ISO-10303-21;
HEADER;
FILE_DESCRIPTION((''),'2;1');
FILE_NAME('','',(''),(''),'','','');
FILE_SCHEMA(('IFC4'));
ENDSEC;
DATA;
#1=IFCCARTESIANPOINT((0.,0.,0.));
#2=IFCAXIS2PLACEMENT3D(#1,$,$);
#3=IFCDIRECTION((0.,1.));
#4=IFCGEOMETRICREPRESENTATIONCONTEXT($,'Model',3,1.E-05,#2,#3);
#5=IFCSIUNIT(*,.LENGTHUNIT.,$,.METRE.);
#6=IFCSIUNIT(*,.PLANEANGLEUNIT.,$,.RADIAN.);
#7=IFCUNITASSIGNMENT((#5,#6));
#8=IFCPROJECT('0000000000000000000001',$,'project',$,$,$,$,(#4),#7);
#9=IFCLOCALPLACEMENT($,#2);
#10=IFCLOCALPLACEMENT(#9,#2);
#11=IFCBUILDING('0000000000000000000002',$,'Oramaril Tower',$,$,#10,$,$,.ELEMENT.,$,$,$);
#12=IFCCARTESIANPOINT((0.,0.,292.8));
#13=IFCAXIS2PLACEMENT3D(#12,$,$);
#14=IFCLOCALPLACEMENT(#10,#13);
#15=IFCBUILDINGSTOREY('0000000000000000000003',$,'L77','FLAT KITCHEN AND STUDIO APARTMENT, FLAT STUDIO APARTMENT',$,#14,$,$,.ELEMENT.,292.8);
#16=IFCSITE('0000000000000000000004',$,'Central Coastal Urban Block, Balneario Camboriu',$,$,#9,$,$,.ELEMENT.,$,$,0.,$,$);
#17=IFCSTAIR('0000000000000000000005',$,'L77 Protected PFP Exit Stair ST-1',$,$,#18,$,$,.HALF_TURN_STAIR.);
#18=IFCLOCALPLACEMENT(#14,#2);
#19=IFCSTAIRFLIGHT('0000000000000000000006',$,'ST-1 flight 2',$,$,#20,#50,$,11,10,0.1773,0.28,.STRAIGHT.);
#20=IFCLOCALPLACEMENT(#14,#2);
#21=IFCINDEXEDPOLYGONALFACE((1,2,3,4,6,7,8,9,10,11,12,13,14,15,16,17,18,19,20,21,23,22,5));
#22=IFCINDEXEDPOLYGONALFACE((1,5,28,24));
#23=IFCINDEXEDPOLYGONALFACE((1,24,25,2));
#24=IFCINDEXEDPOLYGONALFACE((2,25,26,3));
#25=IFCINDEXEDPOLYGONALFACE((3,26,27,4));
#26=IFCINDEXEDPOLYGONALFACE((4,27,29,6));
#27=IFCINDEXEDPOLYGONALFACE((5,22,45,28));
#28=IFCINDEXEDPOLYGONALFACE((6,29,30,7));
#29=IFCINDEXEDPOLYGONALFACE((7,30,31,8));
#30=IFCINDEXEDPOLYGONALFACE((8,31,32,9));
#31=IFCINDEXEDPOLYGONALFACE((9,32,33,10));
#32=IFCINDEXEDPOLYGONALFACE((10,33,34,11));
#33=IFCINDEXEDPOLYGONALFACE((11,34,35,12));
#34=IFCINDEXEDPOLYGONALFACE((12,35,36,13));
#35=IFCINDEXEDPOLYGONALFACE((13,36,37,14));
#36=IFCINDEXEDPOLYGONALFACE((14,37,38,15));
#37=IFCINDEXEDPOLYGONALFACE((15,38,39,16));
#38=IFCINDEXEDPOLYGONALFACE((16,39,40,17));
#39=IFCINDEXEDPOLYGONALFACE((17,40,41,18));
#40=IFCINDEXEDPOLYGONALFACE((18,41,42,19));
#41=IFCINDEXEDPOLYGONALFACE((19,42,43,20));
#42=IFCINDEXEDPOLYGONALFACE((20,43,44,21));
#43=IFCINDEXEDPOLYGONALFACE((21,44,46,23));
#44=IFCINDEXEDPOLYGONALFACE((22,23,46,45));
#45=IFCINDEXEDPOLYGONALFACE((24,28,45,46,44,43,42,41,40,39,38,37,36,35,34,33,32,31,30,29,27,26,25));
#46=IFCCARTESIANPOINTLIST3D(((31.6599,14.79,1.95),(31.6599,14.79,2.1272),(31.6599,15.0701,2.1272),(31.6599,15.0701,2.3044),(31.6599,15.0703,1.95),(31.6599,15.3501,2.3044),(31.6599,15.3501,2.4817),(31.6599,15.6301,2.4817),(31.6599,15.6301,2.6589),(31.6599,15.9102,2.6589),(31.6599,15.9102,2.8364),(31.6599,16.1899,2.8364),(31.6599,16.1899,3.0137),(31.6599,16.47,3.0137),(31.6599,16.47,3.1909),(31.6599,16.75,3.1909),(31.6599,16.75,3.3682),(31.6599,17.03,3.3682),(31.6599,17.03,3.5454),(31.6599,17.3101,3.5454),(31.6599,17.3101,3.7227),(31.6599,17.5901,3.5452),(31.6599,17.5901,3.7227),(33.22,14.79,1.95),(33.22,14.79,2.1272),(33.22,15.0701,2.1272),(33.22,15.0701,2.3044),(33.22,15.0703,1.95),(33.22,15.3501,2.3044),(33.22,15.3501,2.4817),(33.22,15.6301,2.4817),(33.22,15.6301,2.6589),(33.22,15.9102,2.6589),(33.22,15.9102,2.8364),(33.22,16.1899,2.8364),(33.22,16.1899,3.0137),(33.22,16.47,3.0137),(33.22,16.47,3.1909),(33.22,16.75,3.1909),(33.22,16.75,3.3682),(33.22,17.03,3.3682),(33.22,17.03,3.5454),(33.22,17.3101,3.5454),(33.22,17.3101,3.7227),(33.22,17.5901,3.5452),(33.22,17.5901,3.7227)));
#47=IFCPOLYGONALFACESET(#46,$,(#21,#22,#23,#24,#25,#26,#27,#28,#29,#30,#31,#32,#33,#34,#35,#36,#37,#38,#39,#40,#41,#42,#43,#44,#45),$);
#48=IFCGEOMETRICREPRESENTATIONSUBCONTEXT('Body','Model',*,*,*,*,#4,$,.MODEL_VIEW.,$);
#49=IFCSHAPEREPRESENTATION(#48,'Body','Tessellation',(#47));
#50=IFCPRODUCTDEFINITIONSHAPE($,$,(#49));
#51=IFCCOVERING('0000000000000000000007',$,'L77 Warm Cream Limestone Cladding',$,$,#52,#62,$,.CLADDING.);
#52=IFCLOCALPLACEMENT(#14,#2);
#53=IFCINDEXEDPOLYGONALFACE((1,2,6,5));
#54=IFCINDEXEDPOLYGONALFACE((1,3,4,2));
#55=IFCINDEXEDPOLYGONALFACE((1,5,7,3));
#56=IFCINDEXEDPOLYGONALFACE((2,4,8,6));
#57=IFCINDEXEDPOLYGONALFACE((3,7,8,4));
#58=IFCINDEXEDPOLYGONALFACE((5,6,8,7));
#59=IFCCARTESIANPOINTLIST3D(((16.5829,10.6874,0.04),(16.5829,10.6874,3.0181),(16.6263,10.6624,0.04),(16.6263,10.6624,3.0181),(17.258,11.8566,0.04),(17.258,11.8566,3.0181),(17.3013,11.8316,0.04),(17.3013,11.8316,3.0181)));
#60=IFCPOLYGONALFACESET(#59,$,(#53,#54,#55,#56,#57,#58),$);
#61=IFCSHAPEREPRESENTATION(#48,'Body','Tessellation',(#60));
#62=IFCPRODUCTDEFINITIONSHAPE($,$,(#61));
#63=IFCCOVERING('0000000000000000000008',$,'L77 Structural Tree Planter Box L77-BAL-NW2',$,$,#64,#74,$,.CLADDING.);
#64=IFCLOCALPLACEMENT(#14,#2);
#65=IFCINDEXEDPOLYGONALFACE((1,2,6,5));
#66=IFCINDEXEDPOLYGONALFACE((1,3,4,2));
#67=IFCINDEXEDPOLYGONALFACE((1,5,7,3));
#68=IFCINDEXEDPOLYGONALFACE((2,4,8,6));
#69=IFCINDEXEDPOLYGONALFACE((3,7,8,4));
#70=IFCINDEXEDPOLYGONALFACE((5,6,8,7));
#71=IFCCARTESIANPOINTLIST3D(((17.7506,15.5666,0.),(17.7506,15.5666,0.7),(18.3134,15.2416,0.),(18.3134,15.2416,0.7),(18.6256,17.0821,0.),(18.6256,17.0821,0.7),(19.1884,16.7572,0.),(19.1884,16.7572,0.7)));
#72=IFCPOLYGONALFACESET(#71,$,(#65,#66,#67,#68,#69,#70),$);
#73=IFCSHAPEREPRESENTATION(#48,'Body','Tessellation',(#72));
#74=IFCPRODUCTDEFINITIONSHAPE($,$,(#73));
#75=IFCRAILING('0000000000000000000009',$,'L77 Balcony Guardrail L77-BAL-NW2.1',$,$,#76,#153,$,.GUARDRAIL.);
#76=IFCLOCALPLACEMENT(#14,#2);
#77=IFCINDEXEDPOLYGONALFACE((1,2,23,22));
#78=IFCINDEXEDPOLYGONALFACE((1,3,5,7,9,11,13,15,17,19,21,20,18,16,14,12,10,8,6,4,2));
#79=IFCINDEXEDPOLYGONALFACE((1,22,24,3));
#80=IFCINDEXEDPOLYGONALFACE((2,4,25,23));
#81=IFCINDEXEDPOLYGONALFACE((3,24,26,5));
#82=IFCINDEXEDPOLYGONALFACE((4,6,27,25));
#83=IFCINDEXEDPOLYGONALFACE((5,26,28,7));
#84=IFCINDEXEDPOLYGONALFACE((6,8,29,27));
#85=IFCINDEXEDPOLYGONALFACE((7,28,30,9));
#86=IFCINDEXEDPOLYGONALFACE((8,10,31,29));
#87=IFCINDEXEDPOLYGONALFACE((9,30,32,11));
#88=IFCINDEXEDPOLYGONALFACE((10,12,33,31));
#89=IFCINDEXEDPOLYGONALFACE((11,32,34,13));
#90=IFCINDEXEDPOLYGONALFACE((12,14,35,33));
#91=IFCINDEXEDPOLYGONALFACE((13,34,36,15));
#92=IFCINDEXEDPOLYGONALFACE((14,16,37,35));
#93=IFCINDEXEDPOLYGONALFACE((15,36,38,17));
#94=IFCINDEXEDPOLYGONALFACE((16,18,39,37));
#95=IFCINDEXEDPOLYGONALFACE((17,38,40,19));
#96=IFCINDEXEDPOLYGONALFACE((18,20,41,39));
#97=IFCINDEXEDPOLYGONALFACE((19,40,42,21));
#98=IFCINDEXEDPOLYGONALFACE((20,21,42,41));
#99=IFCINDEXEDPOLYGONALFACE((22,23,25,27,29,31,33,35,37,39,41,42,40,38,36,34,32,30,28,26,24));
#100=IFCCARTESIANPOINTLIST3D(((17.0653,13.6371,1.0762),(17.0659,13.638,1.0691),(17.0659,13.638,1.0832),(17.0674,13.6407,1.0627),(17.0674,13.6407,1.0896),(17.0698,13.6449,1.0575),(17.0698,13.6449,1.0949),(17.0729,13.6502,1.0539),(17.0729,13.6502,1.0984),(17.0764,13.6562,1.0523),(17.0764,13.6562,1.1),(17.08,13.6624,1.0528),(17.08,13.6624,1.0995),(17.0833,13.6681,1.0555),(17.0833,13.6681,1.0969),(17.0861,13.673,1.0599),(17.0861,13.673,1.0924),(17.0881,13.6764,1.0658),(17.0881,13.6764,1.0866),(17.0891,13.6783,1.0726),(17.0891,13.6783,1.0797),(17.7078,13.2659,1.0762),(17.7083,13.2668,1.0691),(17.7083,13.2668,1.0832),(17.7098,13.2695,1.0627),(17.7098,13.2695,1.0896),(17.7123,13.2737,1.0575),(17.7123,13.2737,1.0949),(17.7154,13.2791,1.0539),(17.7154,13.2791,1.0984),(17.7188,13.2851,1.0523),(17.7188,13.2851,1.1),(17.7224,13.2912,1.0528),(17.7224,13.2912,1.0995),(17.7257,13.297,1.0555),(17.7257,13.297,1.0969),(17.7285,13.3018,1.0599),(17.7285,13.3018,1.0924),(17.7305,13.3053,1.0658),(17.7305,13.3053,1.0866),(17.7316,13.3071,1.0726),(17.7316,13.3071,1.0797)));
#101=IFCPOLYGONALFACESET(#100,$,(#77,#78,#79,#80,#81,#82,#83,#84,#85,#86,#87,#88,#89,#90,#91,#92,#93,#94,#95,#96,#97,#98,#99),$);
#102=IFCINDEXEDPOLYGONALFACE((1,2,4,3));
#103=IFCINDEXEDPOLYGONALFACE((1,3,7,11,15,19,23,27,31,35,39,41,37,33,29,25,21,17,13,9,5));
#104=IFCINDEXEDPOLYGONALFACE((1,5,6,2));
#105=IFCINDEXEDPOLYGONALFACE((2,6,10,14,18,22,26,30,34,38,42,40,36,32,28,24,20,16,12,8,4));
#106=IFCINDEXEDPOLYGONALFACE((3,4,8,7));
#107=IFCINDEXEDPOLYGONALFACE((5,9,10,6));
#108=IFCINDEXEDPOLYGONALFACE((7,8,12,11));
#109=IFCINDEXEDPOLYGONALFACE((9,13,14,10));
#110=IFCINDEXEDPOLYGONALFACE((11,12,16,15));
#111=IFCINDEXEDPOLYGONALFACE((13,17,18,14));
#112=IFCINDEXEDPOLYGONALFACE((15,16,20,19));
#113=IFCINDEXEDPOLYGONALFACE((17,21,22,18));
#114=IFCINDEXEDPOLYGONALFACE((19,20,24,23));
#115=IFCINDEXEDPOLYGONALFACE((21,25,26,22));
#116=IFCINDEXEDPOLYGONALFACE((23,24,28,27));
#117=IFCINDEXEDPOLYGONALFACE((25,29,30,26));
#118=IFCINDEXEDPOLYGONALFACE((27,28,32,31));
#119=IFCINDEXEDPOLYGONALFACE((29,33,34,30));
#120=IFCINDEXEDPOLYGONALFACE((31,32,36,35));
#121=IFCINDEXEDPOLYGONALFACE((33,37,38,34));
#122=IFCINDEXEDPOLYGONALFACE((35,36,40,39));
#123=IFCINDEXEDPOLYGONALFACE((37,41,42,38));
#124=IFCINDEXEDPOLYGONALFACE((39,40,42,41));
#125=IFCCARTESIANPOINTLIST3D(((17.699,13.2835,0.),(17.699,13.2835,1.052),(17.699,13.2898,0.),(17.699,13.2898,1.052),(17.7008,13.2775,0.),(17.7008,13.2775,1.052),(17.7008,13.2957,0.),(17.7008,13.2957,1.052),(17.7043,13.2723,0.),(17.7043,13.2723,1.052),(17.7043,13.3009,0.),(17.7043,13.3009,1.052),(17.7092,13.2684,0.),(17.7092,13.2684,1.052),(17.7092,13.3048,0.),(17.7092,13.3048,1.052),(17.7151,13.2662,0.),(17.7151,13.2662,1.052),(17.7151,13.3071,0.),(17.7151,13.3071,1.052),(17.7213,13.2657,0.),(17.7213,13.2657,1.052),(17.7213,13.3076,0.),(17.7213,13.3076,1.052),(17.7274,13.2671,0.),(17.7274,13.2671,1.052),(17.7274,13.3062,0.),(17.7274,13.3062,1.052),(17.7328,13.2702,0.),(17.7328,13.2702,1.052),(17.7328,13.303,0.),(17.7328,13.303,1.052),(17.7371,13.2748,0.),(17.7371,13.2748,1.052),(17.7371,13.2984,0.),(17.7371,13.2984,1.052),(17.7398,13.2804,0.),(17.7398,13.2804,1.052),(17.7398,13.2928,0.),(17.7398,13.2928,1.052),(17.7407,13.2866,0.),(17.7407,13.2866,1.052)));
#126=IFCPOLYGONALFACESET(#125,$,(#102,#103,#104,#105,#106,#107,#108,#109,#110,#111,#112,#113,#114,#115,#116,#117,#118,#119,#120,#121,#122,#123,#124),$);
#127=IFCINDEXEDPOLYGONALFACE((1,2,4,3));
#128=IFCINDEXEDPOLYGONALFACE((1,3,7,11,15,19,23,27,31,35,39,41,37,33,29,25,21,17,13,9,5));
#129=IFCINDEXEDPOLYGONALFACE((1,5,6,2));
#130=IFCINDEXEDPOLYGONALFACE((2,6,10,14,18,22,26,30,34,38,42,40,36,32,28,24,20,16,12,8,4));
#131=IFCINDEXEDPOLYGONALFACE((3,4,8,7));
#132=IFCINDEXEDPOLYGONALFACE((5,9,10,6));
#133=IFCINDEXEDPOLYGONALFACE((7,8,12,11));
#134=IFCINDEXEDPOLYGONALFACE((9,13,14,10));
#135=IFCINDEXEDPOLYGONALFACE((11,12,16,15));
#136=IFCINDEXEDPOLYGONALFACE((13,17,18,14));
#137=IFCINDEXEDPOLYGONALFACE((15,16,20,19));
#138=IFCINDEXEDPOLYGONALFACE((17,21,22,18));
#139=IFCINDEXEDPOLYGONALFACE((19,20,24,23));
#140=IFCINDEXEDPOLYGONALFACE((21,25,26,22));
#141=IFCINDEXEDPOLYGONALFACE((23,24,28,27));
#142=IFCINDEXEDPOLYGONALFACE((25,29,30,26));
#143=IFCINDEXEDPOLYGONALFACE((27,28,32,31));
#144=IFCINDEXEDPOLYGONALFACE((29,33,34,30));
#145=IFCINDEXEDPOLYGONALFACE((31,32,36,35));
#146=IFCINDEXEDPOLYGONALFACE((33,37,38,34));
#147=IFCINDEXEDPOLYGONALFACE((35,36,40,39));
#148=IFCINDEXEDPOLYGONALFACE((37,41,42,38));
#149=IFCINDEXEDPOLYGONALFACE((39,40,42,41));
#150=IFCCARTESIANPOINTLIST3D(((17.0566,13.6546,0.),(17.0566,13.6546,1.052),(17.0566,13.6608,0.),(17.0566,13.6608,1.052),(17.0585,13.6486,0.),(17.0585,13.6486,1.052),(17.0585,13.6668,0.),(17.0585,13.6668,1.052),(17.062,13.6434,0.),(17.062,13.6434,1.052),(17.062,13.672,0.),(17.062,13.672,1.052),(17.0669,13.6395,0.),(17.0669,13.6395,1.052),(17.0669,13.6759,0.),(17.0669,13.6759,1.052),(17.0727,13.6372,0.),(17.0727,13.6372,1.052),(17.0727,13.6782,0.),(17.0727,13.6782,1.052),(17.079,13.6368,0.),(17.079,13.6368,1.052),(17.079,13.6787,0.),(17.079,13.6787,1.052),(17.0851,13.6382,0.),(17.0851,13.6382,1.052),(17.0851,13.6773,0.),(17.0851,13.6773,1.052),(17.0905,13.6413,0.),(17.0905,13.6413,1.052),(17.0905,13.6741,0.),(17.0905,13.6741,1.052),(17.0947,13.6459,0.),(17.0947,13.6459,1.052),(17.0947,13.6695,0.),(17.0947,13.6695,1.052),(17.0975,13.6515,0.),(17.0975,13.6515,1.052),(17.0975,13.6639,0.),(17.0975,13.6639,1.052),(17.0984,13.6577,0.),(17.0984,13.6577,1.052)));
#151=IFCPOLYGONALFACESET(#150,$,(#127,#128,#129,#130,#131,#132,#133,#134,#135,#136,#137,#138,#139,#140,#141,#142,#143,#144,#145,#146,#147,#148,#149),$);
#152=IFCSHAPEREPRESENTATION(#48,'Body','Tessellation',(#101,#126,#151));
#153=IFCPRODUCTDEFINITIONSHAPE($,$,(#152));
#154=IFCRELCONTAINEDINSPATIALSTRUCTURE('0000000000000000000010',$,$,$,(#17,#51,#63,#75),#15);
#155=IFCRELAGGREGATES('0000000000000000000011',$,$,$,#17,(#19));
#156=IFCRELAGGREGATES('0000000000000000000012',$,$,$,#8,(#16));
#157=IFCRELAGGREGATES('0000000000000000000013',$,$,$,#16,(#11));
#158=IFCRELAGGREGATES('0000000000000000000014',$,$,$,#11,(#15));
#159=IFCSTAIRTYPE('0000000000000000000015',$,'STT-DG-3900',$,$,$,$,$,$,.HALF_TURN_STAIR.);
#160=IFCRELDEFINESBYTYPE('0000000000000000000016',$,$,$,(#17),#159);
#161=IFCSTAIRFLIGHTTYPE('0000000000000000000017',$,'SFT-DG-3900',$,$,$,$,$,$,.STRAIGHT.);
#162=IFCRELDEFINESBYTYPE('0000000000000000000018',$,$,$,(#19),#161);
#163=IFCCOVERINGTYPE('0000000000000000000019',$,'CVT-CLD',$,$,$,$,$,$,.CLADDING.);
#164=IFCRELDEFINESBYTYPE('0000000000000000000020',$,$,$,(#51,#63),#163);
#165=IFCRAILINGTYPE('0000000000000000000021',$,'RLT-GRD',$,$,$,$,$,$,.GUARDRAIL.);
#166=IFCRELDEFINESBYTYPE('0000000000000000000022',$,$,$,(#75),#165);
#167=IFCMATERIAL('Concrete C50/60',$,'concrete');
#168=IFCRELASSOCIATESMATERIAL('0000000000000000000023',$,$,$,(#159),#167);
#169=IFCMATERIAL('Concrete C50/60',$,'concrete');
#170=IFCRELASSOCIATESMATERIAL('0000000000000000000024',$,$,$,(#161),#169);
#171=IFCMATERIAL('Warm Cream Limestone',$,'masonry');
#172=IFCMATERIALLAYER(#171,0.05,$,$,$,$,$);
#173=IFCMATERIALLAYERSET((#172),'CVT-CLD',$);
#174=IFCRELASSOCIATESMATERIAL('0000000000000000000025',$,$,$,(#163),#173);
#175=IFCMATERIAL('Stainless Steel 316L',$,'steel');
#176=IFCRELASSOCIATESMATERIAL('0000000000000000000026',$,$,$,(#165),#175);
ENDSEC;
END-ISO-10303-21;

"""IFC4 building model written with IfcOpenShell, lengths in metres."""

from ifc_helpers import new_model, si_unit, direction, frame, origin, origin_2d, place, context, subcontext, project, spatial, polyline, rectangle, circle, outline, extrude, material, layer, layer_set, type_object, element, aggregate, save


model = new_model("IFC4")

# Units and contexts
model_context = context("Model", 3, precision=1e-05, world=origin(), true_north=direction((0.0, 1.0)))
body_context = subcontext(model_context, "Body", "Model", "MODEL_VIEW")
ifc_project = project(units=[si_unit("LENGTHUNIT", "METRE"), si_unit("PLANEANGLEUNIT", "RADIAN")], contexts=[model_context])

# Site, building, storey
site_placement = place(None, origin())
site = spatial("IfcSite", under=ifc_project, at=site_placement, Name="Central Coastal Urban Block, Balneario Camboriu", CompositionType="ELEMENT", RefElevation=0.0)
building_placement = place(site_placement, origin())
building = spatial("IfcBuilding", under=site, at=building_placement, Name="Oramaril Tower", CompositionType="ELEMENT")
storey_placement = place(building_placement, frame((0.0, 0.0, 292.8)))
storey = spatial("IfcBuildingStorey", under=building, at=storey_placement, Name="L77", Description="FLAT KITCHEN AND STUDIO APARTMENT, FLAT STUDIO APARTMENT", CompositionType="ELEMENT", Elevation=292.8)

# Stair, stair flight
ifc_material_1 = material(Name="Concrete C50/60", Category="concrete")
stair_type = type_object("IfcStairType", Name="STT-DG-3900", PredefinedType="HALF_TURN_STAIR", material=ifc_material_1)
stair_placement = place(storey_placement, origin())
stair = element("IfcStair", 1, at=stair_placement, inside=storey, type_object=stair_type, Name="L77 Protected PFP Exit Stair ST-1", PredefinedType="HALF_TURN_STAIR")
ifc_material_2 = material(Name="Concrete C50/60", Category="concrete")
stair_flight_type = type_object("IfcStairFlightType", Name="SFT-DG-3900", PredefinedType="STRAIGHT", material=ifc_material_2)
stair_flight_1_placement = place(storey_placement, frame((32.4399, 14.79, 1.95), z_axis=(0.0, 0.0, 1.0), x_axis=(0.0, 1.0, 0.0)))
stair_flight_1 = element("IfcStairFlight", 2, at=stair_flight_1_placement, type_object=stair_flight_type, Name="ST-1 flight 2", NumberOfRisers=11, NumberOfTreads=10, PredefinedType="STRAIGHT", RiserHeight=0.1773, TreadLength=0.28, context=body_context, shape_type="SweptSolid", body=[
    extrude(outline(polyline([(0.0, 0.0), (0.0, 0.1772), (0.28, 0.1772), (0.28, 0.3545), (0.5601, 0.3545), (0.5601, 0.5317), (0.8401, 0.5317), (0.8401, 0.709), (1.1201, 0.709), (1.1201, 0.8865), (1.3999, 0.8865), (1.3999, 1.0637), (1.6799, 1.0637), (1.6799, 1.241), (1.96, 1.241), (1.96, 1.4182), (2.24, 1.4182), (2.24, 1.5955), (2.52, 1.5955), (2.52, 1.7727), (2.8, 1.7727), (2.8, 1.95), (2.8, 1.5952), (0.2803, 0.0), (0.0, 0.0)])), frame((0.0, 0.78, 0.0), z_axis=(0.0, -1.0, 0.0), x_axis=(1.0, 0.0, 0.0)), (0.0, 0.0, 1.0), 1.5601),
])
aggregate(stair, [stair_flight_1])

# Coverings
ifc_material_3 = material(Name="Warm Cream Limestone", Category="masonry")
ifc_layer_1 = layer(ifc_material_3, 0.05)
ifc_layer_set_1 = layer_set([ifc_layer_1], Name="CVT-CLD")
covering_type = type_object("IfcCoveringType", Name="CVT-CLD", PredefinedType="CLADDING", material=ifc_layer_set_1)
covering_1_placement = place(storey_placement, frame((16.9421, 11.2595, 0.04), z_axis=(0.0, 0.0, 1.0), x_axis=(-0.5, -0.866025, 0.0)))
element("IfcCovering", 3, at=covering_1_placement, inside=storey, type_object=covering_type, Name="L77 Warm Cream Limestone Cladding", PredefinedType="CLADDING", context=body_context, shape_type="SweptSolid", body=[
    extrude(rectangle(XDim=1.3501, YDim=0.05, at=origin_2d()), origin(), (0.0, 0.0, 1.0), 2.978),
])
covering_2_placement = place(storey_placement, frame((18.4695, 16.1619, 0.0), z_axis=(0.0, 0.0, 1.0), x_axis=(-0.5, -0.866025, 0.0)))
element("IfcCovering", 4, at=covering_2_placement, inside=storey, type_object=covering_type, Name="L77 Structural Tree Planter Box L77-BAL-NW2", PredefinedType="CLADDING", context=body_context, shape_type="SweptSolid", body=[
    extrude(rectangle(XDim=1.75, YDim=0.6499, at=origin_2d()), origin(), (0.0, 0.0, 1.0), 0.7),
])

# Railing
ifc_material_4 = material(Name="Stainless Steel 316L", Category="steel")
railing_type_1 = type_object("IfcRailingType", Name="RLT-GRD", PredefinedType="GUARDRAIL", material=ifc_material_4)
railing_1_placement = place(storey_placement, frame((17.7197, 13.2866, 0.0)))
element("IfcRailing", 5, at=railing_1_placement, inside=storey, type_object=railing_type_1, Name="L77 Balcony Guardrail L77-BAL-NW2.1", PredefinedType="GUARDRAIL", context=body_context, shape_type="SweptSolid", body=[
    extrude(circle(Radius=0.0239, at=origin_2d()), frame((0.0, 0.0, 1.0762), z_axis=(-0.865884, 0.500245, 0.0), x_axis=(-0.500245, -0.865884, 0.0)), (0.0, 0.0, 1.0), 0.7419),
    extrude(circle(Radius=0.021, at=origin_2d()), origin(), (0.0, 0.0, 1.0), 1.052),
    extrude(circle(Radius=0.021, at=origin_2d()), frame((-0.6423, 0.3711, 0.0)), (0.0, 0.0, 1.0), 1.052),
])

save(model, "model.ifc")
